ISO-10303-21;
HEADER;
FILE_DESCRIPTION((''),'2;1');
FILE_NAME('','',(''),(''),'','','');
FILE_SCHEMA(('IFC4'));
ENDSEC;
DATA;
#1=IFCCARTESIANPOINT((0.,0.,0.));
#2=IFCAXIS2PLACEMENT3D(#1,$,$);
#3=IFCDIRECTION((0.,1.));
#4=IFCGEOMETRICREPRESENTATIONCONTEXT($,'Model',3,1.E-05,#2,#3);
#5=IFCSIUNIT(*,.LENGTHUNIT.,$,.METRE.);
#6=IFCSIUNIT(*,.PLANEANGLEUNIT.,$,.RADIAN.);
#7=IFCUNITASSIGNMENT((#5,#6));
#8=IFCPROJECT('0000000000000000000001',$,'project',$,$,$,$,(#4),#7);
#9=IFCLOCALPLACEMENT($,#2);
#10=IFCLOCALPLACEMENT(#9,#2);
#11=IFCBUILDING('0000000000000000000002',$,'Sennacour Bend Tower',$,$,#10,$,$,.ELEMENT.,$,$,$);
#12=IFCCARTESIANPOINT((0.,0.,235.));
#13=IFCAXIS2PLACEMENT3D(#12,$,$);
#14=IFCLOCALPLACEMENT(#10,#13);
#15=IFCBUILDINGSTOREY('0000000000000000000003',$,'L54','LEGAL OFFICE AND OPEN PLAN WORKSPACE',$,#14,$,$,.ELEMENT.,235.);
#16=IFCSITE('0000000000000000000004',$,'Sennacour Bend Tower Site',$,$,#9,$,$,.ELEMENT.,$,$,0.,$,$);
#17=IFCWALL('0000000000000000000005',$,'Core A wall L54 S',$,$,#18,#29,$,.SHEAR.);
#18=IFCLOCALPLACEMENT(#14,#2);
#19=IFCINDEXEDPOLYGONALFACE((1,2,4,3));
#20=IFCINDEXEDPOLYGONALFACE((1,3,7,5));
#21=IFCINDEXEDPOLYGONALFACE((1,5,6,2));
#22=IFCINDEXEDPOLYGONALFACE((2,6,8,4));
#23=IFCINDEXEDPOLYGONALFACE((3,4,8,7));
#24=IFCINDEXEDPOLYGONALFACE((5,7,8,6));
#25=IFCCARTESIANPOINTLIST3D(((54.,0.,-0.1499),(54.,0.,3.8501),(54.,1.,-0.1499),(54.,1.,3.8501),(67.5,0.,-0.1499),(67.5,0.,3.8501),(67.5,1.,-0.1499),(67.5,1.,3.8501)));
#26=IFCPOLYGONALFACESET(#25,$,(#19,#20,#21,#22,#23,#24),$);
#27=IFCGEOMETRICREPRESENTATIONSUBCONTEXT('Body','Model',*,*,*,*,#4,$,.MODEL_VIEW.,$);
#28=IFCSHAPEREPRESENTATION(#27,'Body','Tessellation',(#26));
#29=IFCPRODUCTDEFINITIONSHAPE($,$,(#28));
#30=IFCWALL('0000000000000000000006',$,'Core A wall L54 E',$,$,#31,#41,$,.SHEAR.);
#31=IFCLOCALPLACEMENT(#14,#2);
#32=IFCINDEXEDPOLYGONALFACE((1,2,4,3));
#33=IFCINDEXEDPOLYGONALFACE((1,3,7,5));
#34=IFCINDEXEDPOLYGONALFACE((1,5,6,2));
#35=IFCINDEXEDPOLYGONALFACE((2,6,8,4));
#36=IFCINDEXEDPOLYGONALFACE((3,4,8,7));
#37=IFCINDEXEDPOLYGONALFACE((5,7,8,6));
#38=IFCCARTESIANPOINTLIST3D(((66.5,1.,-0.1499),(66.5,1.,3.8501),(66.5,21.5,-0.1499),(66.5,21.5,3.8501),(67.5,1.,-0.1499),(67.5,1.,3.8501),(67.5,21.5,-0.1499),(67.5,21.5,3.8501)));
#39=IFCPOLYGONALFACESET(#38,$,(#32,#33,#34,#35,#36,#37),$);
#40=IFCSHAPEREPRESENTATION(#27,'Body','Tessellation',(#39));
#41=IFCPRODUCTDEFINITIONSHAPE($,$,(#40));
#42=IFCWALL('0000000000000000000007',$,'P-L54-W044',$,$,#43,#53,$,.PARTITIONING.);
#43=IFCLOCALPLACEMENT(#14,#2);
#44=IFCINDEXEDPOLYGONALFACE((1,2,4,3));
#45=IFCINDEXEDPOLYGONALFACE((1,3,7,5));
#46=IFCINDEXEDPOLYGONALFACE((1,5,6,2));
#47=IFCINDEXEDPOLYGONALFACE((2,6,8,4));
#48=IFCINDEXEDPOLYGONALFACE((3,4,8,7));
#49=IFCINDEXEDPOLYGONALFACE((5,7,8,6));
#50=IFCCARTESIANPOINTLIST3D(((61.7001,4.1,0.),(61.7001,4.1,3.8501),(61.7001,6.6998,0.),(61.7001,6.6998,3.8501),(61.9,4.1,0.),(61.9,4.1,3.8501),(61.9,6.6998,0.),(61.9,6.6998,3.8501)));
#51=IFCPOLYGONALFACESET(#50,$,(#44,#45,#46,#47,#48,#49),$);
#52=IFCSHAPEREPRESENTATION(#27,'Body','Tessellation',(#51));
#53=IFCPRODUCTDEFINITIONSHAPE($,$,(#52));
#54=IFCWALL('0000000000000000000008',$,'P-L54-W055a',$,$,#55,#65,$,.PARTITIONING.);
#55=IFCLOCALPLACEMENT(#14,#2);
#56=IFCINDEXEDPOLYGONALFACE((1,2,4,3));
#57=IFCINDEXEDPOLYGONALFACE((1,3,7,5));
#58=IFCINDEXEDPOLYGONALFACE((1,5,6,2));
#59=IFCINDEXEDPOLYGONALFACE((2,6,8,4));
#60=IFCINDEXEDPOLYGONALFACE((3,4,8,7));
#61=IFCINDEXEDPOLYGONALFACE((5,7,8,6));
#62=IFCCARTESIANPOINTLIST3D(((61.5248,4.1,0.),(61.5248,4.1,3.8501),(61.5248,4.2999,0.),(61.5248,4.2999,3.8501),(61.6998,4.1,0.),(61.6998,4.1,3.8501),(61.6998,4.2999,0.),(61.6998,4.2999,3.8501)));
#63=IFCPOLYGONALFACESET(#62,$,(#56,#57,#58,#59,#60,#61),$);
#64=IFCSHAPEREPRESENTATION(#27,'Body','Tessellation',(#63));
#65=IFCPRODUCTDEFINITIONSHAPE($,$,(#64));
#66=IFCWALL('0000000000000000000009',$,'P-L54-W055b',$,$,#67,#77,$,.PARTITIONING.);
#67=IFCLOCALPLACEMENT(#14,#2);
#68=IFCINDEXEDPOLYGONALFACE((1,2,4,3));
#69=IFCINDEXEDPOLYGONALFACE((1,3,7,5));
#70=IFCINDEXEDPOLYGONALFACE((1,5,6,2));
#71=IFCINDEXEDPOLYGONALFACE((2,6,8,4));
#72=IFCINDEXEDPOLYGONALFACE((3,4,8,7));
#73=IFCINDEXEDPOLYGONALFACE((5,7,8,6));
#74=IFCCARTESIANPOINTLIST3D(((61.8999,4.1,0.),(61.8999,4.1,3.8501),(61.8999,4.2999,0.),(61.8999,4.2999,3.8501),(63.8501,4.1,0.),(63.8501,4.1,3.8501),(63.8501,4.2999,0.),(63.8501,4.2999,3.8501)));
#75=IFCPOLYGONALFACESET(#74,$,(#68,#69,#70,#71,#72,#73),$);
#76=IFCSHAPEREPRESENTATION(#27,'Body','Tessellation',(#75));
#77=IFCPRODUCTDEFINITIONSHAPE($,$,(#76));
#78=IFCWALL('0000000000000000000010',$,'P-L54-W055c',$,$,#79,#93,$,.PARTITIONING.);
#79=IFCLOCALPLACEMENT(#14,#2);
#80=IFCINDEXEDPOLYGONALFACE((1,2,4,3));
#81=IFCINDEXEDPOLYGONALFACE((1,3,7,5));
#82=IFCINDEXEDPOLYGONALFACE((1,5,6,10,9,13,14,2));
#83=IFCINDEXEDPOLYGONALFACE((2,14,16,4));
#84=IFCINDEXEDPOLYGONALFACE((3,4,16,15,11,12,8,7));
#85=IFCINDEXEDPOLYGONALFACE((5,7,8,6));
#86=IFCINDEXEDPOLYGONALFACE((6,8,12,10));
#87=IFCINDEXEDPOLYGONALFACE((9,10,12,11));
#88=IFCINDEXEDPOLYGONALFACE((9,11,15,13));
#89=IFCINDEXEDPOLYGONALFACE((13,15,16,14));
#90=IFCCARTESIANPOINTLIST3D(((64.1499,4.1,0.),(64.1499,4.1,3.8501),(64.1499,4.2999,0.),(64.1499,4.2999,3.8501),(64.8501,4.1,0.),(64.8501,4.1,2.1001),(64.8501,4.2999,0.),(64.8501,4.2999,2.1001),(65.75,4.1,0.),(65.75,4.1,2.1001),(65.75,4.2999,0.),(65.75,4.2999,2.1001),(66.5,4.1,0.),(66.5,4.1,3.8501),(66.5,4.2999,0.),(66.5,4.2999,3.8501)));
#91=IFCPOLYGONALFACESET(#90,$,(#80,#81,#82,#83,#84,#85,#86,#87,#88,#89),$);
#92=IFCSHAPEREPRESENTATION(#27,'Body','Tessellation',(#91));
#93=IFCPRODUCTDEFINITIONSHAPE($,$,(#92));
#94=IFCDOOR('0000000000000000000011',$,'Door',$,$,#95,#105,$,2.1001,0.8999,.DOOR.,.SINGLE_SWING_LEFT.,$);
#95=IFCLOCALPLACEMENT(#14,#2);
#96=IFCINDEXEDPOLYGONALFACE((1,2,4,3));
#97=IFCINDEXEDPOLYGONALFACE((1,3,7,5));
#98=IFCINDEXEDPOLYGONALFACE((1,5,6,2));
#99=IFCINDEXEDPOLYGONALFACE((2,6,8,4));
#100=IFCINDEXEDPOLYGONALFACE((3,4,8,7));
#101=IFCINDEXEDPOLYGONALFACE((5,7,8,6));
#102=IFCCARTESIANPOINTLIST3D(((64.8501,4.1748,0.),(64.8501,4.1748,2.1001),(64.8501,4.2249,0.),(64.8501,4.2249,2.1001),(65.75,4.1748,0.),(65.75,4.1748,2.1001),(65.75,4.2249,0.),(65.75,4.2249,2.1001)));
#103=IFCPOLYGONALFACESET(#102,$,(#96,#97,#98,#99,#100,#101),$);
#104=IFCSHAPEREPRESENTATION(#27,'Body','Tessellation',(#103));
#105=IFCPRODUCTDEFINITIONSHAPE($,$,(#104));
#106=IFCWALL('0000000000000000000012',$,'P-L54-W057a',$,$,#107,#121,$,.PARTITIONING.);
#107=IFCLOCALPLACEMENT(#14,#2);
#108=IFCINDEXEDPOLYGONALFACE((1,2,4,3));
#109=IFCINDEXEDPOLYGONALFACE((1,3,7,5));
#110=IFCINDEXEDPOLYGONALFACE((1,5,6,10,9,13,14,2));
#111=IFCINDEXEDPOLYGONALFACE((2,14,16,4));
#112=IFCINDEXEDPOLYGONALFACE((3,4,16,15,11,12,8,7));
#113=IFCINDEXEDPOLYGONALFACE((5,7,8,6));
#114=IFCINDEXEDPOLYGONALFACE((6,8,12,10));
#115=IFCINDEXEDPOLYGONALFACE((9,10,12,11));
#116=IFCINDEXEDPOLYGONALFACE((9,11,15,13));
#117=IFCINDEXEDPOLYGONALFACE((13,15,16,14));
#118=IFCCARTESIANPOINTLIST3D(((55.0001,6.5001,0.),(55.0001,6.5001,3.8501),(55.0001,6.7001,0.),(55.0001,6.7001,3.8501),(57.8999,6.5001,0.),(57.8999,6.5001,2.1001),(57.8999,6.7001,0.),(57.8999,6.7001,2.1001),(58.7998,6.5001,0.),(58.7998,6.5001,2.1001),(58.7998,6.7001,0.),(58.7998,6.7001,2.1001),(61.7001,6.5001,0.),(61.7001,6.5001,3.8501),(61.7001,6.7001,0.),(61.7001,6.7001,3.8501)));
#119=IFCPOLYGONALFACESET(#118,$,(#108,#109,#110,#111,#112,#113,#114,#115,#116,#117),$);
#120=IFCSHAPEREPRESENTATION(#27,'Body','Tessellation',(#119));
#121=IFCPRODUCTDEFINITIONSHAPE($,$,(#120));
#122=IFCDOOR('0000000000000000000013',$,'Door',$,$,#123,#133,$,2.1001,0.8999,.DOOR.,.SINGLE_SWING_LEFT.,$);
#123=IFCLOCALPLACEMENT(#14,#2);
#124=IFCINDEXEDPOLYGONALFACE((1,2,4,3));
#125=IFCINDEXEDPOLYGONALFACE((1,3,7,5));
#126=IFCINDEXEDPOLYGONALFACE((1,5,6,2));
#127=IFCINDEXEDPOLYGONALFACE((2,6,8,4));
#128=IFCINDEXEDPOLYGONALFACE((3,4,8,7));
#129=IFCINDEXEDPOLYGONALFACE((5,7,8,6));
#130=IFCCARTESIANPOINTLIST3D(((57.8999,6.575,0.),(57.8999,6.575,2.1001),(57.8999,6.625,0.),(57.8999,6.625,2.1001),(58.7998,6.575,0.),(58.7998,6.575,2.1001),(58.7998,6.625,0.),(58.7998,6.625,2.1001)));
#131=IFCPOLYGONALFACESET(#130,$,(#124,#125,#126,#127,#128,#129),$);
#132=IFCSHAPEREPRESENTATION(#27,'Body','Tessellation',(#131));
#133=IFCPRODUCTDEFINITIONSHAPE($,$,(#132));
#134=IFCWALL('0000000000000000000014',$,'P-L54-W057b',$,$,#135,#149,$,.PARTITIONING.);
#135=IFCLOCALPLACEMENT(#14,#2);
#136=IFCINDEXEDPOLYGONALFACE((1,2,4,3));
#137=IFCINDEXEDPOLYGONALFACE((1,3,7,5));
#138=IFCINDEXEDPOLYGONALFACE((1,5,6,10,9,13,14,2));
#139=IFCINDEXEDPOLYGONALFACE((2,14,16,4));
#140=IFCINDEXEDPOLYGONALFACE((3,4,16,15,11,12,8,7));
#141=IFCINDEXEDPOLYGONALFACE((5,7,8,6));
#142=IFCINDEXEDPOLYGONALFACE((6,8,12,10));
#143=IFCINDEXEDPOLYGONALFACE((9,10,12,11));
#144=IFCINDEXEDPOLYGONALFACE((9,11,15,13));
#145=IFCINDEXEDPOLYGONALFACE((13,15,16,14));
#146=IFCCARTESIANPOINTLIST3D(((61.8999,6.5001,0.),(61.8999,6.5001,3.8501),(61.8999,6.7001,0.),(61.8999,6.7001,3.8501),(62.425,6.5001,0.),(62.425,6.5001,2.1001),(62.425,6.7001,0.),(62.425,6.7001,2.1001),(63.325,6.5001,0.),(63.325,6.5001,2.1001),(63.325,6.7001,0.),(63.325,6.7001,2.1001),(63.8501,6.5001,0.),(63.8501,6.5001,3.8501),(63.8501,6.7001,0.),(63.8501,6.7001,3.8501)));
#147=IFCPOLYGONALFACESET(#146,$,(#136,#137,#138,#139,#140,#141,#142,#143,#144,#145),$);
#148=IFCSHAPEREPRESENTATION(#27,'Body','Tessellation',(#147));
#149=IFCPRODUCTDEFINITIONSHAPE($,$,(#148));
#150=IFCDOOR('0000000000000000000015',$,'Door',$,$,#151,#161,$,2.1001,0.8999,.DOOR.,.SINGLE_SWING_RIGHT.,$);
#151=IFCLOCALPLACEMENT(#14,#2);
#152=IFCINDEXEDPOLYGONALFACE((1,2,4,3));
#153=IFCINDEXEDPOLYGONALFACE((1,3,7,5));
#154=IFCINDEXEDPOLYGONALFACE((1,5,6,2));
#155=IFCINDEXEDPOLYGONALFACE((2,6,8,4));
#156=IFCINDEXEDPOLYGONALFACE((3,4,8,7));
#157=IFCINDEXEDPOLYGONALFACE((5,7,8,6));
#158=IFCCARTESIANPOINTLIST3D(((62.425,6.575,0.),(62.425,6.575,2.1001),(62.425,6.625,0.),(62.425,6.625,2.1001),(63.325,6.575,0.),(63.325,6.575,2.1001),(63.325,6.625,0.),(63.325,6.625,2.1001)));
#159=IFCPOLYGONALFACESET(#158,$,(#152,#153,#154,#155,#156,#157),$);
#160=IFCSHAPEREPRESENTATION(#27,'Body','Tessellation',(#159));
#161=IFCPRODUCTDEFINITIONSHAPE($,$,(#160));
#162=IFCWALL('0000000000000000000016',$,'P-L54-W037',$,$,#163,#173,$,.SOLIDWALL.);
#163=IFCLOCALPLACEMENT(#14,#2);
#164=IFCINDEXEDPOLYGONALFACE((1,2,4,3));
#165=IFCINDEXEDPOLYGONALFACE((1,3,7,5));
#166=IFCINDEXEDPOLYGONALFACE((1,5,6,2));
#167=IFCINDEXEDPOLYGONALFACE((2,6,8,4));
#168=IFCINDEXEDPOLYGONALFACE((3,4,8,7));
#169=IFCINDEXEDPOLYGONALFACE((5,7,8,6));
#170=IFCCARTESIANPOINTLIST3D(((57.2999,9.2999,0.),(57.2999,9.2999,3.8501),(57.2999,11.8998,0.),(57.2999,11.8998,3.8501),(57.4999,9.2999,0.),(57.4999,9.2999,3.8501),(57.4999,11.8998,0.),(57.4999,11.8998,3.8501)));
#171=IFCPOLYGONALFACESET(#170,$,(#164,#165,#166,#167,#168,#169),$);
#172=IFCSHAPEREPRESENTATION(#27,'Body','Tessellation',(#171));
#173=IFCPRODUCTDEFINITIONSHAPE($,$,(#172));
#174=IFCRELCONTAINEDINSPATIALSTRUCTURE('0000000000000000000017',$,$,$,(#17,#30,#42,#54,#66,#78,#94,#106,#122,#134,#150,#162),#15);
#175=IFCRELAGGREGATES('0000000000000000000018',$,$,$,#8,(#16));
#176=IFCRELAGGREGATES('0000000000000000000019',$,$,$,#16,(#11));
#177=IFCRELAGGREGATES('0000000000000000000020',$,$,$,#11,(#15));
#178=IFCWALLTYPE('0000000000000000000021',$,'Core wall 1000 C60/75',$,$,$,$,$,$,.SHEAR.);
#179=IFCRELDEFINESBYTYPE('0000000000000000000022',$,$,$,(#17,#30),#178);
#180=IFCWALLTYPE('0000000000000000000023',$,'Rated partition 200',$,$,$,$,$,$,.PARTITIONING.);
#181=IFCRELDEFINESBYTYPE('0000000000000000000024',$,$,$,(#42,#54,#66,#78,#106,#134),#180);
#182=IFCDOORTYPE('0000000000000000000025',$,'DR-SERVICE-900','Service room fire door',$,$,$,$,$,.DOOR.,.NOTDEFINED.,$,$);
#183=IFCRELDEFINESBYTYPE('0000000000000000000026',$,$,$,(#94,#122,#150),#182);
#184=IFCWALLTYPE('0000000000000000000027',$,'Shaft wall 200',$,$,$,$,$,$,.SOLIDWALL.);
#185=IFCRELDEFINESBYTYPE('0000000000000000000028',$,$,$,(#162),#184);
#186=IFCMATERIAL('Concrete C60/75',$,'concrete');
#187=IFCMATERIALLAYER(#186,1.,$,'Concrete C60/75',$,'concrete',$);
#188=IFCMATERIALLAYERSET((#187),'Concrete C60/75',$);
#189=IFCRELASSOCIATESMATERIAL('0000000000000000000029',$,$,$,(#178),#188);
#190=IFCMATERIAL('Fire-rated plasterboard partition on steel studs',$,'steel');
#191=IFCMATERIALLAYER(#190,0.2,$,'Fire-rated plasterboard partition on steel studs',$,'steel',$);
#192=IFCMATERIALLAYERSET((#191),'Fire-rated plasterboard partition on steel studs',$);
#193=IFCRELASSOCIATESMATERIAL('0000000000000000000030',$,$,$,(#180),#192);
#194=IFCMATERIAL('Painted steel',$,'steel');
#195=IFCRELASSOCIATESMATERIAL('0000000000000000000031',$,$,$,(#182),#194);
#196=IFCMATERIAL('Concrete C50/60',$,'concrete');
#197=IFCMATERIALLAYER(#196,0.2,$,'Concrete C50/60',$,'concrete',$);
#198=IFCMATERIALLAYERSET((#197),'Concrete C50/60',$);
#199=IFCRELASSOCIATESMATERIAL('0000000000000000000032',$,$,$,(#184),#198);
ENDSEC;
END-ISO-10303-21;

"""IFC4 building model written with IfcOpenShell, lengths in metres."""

from ifc_helpers import new_model, si_unit, direction, frame, frame_2d, origin, place, context, subcontext, project, spatial, rectangle, extrude, material, layer, layer_set, type_object, element, fill, save


model = new_model("IFC4")

# Units and contexts
model_context = context("Model", 3, precision=1e-05, world=origin(), true_north=direction((0.0, 1.0)))
body_context = subcontext(model_context, "Body", "Model", "MODEL_VIEW")
ifc_project = project(units=[si_unit("LENGTHUNIT", "METRE"), si_unit("PLANEANGLEUNIT", "RADIAN")], contexts=[model_context])

# Site, building, storey
site_placement = place(None, origin())
site = spatial("IfcSite", under=ifc_project, at=site_placement, Name="Sennacour Bend Tower Site", CompositionType="ELEMENT", RefElevation=0.0)
building_placement = place(site_placement, origin())
building = spatial("IfcBuilding", under=site, at=building_placement, Name="Sennacour Bend Tower", CompositionType="ELEMENT")
storey_placement = place(building_placement, frame((0.0, 0.0, 235.0)))
storey = spatial("IfcBuildingStorey", under=building, at=storey_placement, Name="L54", Description="LEGAL OFFICE AND OPEN PLAN WORKSPACE", CompositionType="ELEMENT", Elevation=235.0)

# Walls
ifc_material_1 = material(Name="Concrete C60/75", Category="concrete")
ifc_layer_1 = layer(ifc_material_1, 1.0, Name="Concrete C60/75", Category="concrete")
ifc_layer_set_1 = layer_set([ifc_layer_1], Name="Concrete C60/75")
wall_type_1 = type_object("IfcWallType", Name="Core wall 1000 C60/75", PredefinedType="SHEAR", material=ifc_layer_set_1)
wall_1_placement = place(storey_placement, frame((67.5, 0.5, -0.1499), z_axis=(0.0, 0.0, 1.0), x_axis=(-1.0, 0.0, 0.0)))
element("IfcWall", 1, at=wall_1_placement, inside=storey, type_object=wall_type_1, Name="Core A wall L54 S", PredefinedType="SHEAR", context=body_context, shape_type="SweptSolid", body=[
    extrude(rectangle(XDim=13.5, YDim=1.0, at=frame_2d((6.75, 0.0))), origin(), (0.0, 0.0, 1.0), 4.0),
])
wall_2_placement = place(storey_placement, frame((67.0, 1.0, -0.1499), z_axis=(0.0, 0.0, 1.0), x_axis=(0.0, 1.0, 0.0)))
element("IfcWall", 2, at=wall_2_placement, inside=storey, type_object=wall_type_1, Name="Core A wall L54 E", PredefinedType="SHEAR", context=body_context, shape_type="SweptSolid", body=[
    extrude(rectangle(XDim=20.5, YDim=1.0, at=frame_2d((10.25, 0.0))), origin(), (0.0, 0.0, 1.0), 4.0),
])
ifc_material_2 = material(Name="Fire-rated plasterboard partition on steel studs", Category="steel")
ifc_layer_2 = layer(ifc_material_2, 0.2, Name="Fire-rated plasterboard partition on steel studs", Category="steel")
ifc_layer_set_2 = layer_set([ifc_layer_2], Name="Fire-rated plasterboard partition on steel studs")
wall_type_2 = type_object("IfcWallType", Name="Rated partition 200", PredefinedType="PARTITIONING", material=ifc_layer_set_2)
wall_3_placement = place(storey_placement, frame((61.8, 4.1001, 0.0), z_axis=(0.0, 0.0, 1.0), x_axis=(0.0, 1.0, 0.0)))
element("IfcWall", 3, at=wall_3_placement, inside=storey, type_object=wall_type_2, Name="P-L54-W044", PredefinedType="PARTITIONING", context=body_context, shape_type="SweptSolid", body=[
    extrude(rectangle(XDim=2.5999, YDim=0.2, at=frame_2d((1.2998, 0.0))), origin(), (0.0, 0.0, 1.0), 3.8501),
])
wall_4_placement = place(storey_placement, frame((61.5249, 4.2, 0.0), z_axis=(0.0, 0.0, 1.0), x_axis=(1.0, 0.0, 0.0)))
element("IfcWall", 4, at=wall_4_placement, inside=storey, type_object=wall_type_2, Name="P-L54-W055a", PredefinedType="PARTITIONING", context=body_context, shape_type="SweptSolid", body=[
    extrude(rectangle(XDim=0.175, YDim=0.2, at=frame_2d((0.0874, 0.0))), origin(), (0.0, 0.0, 1.0), 3.8501),
])
wall_5_placement = place(storey_placement, frame((61.8999, 4.2, 0.0), z_axis=(0.0, 0.0, 1.0), x_axis=(1.0, 0.0, 0.0)))
element("IfcWall", 5, at=wall_5_placement, inside=storey, type_object=wall_type_2, Name="P-L54-W055b", PredefinedType="PARTITIONING", context=body_context, shape_type="SweptSolid", body=[
    extrude(rectangle(XDim=1.9502, YDim=0.2, at=frame_2d((0.9751, 0.0))), origin(), (0.0, 0.0, 1.0), 3.8501),
])

# Walls, openings, doors
wall_6_placement = place(storey_placement, frame((64.1499, 4.2, 0.0), z_axis=(0.0, 0.0, 1.0), x_axis=(1.0, 0.0, 0.0)))
wall_6 = element("IfcWall", 6, at=wall_6_placement, inside=storey, type_object=wall_type_2, Name="P-L54-W055c", PredefinedType="PARTITIONING", context=body_context, shape_type="SweptSolid", body=[
    extrude(rectangle(XDim=2.3501, YDim=0.2, at=frame_2d((1.175, 0.0))), origin(), (0.0, 0.0, 1.0), 3.8501),
])
opening_1_placement = place(wall_6_placement, frame((0.7002, 0.0, 0.0)))
opening_1 = element("IfcOpeningElement", 7, at=opening_1_placement, cuts=wall_6, PredefinedType="OPENING", context=body_context, shape_type="SweptSolid", body=[
    extrude(rectangle(XDim=0.8999, YDim=2.1001, at=frame_2d((0.45, 1.05))), frame((0.0, 0.1099, 0.0), z_axis=(0.0, -1.0, 0.0), x_axis=(1.0, 0.0, 0.0)), (0.0, 0.0, 1.0), 0.22),
])
ifc_material_3 = material(Name="Painted steel", Category="steel")
door_type_1 = type_object("IfcDoorType", Name="DR-SERVICE-900", Description="Service room fire door", OperationType="NOTDEFINED", PredefinedType="DOOR", material=ifc_material_3)
door_1_placement = place(opening_1_placement, origin())
door_1 = element("IfcDoor", 8, at=door_1_placement, inside=storey, type_object=door_type_1, Name="Door", OperationType="SINGLE_SWING_LEFT", OverallHeight=2.1001, OverallWidth=0.8999, PredefinedType="DOOR", context=body_context, shape_type="SweptSolid", body=[
    extrude(rectangle(XDim=0.8999, YDim=2.1001, at=frame_2d((0.45, 1.05))), frame((0.0, 0.0249, 0.0), z_axis=(0.0, -1.0, 0.0), x_axis=(1.0, 0.0, 0.0)), (0.0, 0.0, 1.0), 0.05),
])
fill(opening_1, door_1)
wall_7_placement = place(storey_placement, frame((55.0, 6.6001, 0.0), z_axis=(0.0, 0.0, 1.0), x_axis=(1.0, 0.0, 0.0)))
wall_7 = element("IfcWall", 9, at=wall_7_placement, inside=storey, type_object=wall_type_2, Name="P-L54-W057a", PredefinedType="PARTITIONING", context=body_context, shape_type="SweptSolid", body=[
    extrude(rectangle(XDim=6.7, YDim=0.2, at=frame_2d((3.3501, 0.0))), origin(), (0.0, 0.0, 1.0), 3.8501),
])
opening_2_placement = place(wall_7_placement, frame((2.8999, 0.0, 0.0)))
opening_2 = element("IfcOpeningElement", 10, at=opening_2_placement, cuts=wall_7, PredefinedType="OPENING", context=body_context, shape_type="SweptSolid", body=[
    extrude(rectangle(XDim=0.8999, YDim=2.1001, at=frame_2d((0.45, 1.05))), frame((0.0, 0.1099, 0.0), z_axis=(0.0, -1.0, 0.0), x_axis=(1.0, 0.0, 0.0)), (0.0, 0.0, 1.0), 0.22),
])
door_2_placement = place(opening_2_placement, origin())
door_2 = element("IfcDoor", 11, at=door_2_placement, inside=storey, type_object=door_type_1, Name="Door", OperationType="SINGLE_SWING_LEFT", OverallHeight=2.1001, OverallWidth=0.8999, PredefinedType="DOOR", context=body_context, shape_type="SweptSolid", body=[
    extrude(rectangle(XDim=0.8999, YDim=2.1001, at=frame_2d((0.45, 1.05))), frame((0.0, 0.0249, 0.0), z_axis=(0.0, -1.0, 0.0), x_axis=(1.0, 0.0, 0.0)), (0.0, 0.0, 1.0), 0.05),
])
fill(opening_2, door_2)
wall_8_placement = place(storey_placement, frame((61.8999, 6.6001, 0.0), z_axis=(0.0, 0.0, 1.0), x_axis=(1.0, 0.0, 0.0)))
wall_8 = element("IfcWall", 12, at=wall_8_placement, inside=storey, type_object=wall_type_2, Name="P-L54-W057b", PredefinedType="PARTITIONING", context=body_context, shape_type="SweptSolid", body=[
    extrude(rectangle(XDim=1.9502, YDim=0.2, at=frame_2d((0.9751, 0.0))), origin(), (0.0, 0.0, 1.0), 3.8501),
])
opening_3_placement = place(wall_8_placement, frame((0.5251, 0.0, 0.0)))
opening_3 = element("IfcOpeningElement", 13, at=opening_3_placement, cuts=wall_8, PredefinedType="OPENING", context=body_context, shape_type="SweptSolid", body=[
    extrude(rectangle(XDim=0.8999, YDim=2.1001, at=frame_2d((0.45, 1.05))), frame((0.0, 0.1099, 0.0), z_axis=(0.0, -1.0, 0.0), x_axis=(1.0, 0.0, 0.0)), (0.0, 0.0, 1.0), 0.22),
])
door_3_placement = place(opening_3_placement, origin())
door_3 = element("IfcDoor", 14, at=door_3_placement, inside=storey, type_object=door_type_1, Name="Door", OperationType="SINGLE_SWING_RIGHT", OverallHeight=2.1001, OverallWidth=0.8999, PredefinedType="DOOR", context=body_context, shape_type="SweptSolid", body=[
    extrude(rectangle(XDim=0.8999, YDim=2.1001, at=frame_2d((0.45, 1.05))), frame((0.0, 0.0249, 0.0), z_axis=(0.0, -1.0, 0.0), x_axis=(1.0, 0.0, 0.0)), (0.0, 0.0, 1.0), 0.05),
])
fill(opening_3, door_3)

# Wall
ifc_material_4 = material(Name="Concrete C50/60", Category="concrete")
ifc_layer_3 = layer(ifc_material_4, 0.2, Name="Concrete C50/60", Category="concrete")
ifc_layer_set_3 = layer_set([ifc_layer_3], Name="Concrete C50/60")
wall_type_3 = type_object("IfcWallType", Name="Shaft wall 200", PredefinedType="SOLIDWALL", material=ifc_layer_set_3)
for number, where, z_axis, x_axis, name in (
    (15, (57.3999, 9.3, 0.0), (0.0, 0.0, 1.0), (0.0, 1.0, 0.0), "P-L54-W037"),
):
    element("IfcWall", number, at=place(storey_placement, frame(where, z_axis=z_axis, x_axis=x_axis)), inside=storey, type_object=wall_type_3, Name=name, PredefinedType="SOLIDWALL", context=body_context, shape_type="SweptSolid", body=[
        extrude(rectangle(XDim=2.5999, YDim=0.2, at=frame_2d((1.2998, 0.0))), origin(), (0.0, 0.0, 1.0), 3.8501),
    ])

save(model, "model.ifc")
